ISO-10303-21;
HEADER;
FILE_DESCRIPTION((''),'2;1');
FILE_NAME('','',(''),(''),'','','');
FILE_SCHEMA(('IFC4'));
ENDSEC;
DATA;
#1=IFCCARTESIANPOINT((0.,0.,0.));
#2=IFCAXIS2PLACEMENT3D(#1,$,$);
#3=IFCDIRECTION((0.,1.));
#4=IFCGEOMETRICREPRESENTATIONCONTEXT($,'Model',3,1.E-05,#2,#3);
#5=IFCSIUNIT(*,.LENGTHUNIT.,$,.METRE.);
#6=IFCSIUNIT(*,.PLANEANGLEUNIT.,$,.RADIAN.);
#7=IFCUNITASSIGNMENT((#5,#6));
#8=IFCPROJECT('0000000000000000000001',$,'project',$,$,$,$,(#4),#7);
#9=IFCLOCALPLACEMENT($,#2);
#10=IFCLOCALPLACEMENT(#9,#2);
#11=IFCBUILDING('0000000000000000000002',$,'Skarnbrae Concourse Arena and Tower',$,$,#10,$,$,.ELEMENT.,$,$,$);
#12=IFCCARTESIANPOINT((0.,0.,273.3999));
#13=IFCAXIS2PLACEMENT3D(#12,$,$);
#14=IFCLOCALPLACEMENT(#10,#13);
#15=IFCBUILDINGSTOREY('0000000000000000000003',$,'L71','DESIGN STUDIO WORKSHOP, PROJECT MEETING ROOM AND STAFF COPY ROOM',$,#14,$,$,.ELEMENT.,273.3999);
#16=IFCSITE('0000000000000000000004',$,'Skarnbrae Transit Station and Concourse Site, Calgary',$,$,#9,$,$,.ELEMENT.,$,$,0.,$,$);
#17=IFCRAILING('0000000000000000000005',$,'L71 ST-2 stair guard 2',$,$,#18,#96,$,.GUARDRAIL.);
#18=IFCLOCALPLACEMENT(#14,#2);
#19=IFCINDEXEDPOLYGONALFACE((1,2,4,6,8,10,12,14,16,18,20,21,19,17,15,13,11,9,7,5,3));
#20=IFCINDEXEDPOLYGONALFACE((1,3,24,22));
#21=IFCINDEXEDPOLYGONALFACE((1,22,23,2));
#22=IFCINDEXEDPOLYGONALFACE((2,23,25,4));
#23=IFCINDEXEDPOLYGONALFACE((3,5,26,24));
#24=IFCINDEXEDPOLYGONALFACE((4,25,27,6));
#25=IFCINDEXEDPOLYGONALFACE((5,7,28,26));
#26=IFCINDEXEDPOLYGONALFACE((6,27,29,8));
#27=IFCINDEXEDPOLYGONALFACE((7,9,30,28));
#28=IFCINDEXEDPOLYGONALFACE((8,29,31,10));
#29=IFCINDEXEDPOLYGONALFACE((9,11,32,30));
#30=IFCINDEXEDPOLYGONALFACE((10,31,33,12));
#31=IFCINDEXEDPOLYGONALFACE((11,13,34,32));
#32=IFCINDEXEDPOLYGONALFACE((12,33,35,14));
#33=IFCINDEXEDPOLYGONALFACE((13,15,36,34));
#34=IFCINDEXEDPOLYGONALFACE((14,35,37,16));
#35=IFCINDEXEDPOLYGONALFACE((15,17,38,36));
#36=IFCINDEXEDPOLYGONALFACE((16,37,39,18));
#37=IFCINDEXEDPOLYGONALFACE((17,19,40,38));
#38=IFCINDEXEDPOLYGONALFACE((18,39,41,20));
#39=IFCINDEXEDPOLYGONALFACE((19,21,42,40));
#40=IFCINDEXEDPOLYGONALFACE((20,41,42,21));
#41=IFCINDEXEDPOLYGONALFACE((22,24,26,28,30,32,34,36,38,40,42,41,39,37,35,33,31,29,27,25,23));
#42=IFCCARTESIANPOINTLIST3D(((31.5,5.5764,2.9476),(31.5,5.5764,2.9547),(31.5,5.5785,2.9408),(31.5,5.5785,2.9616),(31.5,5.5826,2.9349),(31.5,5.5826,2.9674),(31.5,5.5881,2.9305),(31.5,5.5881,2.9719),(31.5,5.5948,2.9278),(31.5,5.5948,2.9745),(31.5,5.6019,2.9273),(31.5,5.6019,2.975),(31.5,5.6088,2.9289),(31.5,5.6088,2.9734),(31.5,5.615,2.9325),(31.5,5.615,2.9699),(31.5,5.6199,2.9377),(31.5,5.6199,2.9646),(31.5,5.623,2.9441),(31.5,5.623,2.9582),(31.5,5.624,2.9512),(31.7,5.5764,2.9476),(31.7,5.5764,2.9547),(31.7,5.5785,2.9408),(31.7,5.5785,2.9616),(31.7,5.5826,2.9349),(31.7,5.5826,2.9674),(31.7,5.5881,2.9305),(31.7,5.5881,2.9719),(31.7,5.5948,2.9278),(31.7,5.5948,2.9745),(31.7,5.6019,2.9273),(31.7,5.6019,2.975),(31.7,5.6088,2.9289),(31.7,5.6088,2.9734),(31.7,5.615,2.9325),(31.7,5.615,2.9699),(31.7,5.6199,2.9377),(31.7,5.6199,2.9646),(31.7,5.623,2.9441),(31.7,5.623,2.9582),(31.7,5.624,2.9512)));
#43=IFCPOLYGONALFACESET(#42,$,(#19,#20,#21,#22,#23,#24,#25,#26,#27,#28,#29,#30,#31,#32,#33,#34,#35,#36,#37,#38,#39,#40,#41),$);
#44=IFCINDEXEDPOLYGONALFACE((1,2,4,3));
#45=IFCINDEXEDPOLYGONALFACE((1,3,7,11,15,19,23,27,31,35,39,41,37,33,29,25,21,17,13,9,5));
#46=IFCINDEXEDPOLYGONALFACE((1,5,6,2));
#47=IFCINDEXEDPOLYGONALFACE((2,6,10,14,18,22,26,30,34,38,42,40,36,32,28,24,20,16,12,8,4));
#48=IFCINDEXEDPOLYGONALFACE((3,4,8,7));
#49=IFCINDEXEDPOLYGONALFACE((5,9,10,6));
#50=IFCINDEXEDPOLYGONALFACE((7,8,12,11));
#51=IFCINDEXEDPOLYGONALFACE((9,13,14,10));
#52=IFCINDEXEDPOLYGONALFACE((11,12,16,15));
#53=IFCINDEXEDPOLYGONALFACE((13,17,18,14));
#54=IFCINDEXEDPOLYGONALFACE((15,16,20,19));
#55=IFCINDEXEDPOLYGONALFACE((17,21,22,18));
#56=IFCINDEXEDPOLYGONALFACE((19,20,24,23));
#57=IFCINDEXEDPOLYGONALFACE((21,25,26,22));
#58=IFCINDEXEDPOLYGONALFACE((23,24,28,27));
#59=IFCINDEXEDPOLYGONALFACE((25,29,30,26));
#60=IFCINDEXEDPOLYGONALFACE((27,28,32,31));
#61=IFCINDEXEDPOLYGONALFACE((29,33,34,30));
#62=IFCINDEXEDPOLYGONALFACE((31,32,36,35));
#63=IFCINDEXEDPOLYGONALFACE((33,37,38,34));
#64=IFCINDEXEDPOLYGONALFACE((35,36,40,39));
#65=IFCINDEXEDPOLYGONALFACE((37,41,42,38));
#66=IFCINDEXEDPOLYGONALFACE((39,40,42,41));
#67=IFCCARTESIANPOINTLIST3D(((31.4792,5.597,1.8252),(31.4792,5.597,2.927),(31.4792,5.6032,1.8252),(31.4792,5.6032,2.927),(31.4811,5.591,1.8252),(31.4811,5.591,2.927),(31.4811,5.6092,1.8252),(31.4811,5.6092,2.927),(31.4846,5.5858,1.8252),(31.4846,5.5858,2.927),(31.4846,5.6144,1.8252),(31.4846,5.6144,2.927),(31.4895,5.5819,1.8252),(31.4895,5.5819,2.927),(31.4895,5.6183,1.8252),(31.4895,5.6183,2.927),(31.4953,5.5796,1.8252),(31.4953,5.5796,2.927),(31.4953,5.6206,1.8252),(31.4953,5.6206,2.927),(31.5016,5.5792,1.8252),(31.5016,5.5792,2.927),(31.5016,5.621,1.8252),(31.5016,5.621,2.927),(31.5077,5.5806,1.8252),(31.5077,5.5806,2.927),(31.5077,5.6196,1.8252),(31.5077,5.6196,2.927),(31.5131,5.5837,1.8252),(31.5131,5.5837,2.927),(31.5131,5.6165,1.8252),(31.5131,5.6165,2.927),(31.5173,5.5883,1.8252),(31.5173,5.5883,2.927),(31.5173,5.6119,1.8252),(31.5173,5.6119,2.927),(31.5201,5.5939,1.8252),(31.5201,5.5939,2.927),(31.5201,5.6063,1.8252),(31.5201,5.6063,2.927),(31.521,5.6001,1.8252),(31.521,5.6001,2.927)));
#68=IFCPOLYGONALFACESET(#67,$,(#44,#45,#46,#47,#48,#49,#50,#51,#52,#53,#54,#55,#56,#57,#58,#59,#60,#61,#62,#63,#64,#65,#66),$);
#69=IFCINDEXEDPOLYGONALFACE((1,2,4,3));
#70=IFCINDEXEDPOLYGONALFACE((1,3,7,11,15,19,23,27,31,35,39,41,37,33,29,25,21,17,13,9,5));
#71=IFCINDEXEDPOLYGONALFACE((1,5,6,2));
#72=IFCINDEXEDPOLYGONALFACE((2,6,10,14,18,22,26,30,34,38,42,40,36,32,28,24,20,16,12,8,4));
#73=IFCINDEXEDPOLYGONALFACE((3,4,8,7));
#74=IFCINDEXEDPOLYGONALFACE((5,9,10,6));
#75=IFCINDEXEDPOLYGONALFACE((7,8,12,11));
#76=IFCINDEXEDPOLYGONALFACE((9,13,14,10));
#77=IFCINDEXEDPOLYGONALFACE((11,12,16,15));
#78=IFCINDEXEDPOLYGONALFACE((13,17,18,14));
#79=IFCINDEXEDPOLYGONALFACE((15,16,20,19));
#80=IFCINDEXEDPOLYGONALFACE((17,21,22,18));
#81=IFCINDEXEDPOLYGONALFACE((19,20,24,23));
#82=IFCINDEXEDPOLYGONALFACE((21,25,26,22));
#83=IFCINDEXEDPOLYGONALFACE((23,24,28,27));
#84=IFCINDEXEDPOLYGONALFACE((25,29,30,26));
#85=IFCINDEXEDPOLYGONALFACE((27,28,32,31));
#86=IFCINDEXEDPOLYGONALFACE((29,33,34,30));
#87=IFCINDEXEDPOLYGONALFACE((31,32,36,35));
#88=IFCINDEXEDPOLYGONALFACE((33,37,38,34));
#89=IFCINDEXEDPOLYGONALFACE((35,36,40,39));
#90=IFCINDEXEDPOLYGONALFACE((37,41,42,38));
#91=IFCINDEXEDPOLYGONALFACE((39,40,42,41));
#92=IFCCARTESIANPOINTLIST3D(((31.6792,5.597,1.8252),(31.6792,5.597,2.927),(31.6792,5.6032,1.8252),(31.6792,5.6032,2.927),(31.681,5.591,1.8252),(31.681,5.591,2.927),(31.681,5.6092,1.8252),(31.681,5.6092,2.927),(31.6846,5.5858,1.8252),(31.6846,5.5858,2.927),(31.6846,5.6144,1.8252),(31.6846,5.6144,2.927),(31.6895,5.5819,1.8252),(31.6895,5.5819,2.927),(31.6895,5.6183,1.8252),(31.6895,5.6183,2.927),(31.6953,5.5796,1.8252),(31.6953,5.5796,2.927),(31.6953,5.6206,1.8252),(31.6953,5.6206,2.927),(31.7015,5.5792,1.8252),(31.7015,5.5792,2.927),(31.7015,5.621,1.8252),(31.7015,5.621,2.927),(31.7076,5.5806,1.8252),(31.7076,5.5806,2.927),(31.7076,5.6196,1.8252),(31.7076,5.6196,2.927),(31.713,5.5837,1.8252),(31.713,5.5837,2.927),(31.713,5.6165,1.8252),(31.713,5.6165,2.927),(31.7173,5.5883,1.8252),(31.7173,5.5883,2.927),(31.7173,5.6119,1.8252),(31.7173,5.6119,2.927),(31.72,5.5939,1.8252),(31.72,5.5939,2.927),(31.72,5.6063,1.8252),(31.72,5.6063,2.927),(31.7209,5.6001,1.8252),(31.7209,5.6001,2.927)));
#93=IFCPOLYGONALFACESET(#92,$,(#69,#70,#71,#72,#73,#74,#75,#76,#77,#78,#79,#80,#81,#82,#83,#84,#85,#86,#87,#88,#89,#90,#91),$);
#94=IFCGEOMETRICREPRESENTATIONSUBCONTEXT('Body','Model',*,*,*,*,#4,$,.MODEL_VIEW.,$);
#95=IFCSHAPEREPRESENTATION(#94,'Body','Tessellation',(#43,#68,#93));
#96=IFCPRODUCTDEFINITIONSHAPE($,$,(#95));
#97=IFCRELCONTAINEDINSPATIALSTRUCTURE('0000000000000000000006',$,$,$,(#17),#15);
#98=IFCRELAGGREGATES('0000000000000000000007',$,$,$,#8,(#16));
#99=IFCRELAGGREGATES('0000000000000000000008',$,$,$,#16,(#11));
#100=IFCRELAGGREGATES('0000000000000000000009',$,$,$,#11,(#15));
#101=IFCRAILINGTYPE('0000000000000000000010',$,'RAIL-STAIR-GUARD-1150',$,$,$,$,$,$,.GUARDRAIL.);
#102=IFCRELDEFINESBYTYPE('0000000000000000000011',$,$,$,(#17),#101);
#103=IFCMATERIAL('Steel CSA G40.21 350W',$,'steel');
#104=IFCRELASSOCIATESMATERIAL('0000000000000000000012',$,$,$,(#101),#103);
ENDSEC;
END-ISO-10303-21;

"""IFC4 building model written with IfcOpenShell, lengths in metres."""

from ifc_helpers import new_model, si_unit, direction, frame, origin, origin_2d, place, context, subcontext, project, spatial, circle, extrude, material, type_object, element, save


model = new_model("IFC4")

# Units and contexts
model_context = context("Model", 3, precision=1e-05, world=origin(), true_north=direction((0.0, 1.0)))
body_context = subcontext(model_context, "Body", "Model", "MODEL_VIEW")
ifc_project = project(units=[si_unit("LENGTHUNIT", "METRE"), si_unit("PLANEANGLEUNIT", "RADIAN")], contexts=[model_context])

# Site, building, storey
site_placement = place(None, origin())
site = spatial("IfcSite", under=ifc_project, at=site_placement, Name="Skarnbrae Transit Station and Concourse Site, Calgary", CompositionType="ELEMENT", RefElevation=0.0)
building_placement = place(site_placement, origin())
building = spatial("IfcBuilding", under=site, at=building_placement, Name="Skarnbrae Concourse Arena and Tower", CompositionType="ELEMENT")
storey_placement = place(building_placement, frame((0.0, 0.0, 273.3999)))
storey = spatial("IfcBuildingStorey", under=building, at=storey_placement, Name="L71", Description="DESIGN STUDIO WORKSHOP, PROJECT MEETING ROOM AND STAFF COPY ROOM", CompositionType="ELEMENT", Elevation=273.3999)

# Shared definitions
ifc_material_1 = material(Name="Steel CSA G40.21 350W", Category="steel")

# Railing
railing_type_1 = type_object("IfcRailingType", Name="RAIL-STAIR-GUARD-1150", PredefinedType="GUARDRAIL", material=ifc_material_1)
railing_1_placement = place(storey_placement, frame((31.5, 5.6001, 1.8252)))
element("IfcRailing", 1, at=railing_1_placement, inside=storey, type_object=railing_type_1, Name="L71 ST-2 stair guard 2", PredefinedType="GUARDRAIL", context=body_context, shape_type="SweptSolid", body=[
    extrude(circle(Radius=0.0239, at=origin_2d()), frame((0.0, 0.0, 1.126), z_axis=(1.0, 0.0, 0.0), x_axis=(0.0, 1.0, 0.0)), (0.0, 0.0, 1.0), 0.2),
    extrude(circle(Radius=0.021, at=origin_2d()), origin(), (0.0, 0.0, 1.0), 1.1018),
    extrude(circle(Radius=0.021, at=origin_2d()), frame((0.2, 0.0, 0.0)), (0.0, 0.0, 1.0), 1.1018),
])

save(model, "model.ifc")
